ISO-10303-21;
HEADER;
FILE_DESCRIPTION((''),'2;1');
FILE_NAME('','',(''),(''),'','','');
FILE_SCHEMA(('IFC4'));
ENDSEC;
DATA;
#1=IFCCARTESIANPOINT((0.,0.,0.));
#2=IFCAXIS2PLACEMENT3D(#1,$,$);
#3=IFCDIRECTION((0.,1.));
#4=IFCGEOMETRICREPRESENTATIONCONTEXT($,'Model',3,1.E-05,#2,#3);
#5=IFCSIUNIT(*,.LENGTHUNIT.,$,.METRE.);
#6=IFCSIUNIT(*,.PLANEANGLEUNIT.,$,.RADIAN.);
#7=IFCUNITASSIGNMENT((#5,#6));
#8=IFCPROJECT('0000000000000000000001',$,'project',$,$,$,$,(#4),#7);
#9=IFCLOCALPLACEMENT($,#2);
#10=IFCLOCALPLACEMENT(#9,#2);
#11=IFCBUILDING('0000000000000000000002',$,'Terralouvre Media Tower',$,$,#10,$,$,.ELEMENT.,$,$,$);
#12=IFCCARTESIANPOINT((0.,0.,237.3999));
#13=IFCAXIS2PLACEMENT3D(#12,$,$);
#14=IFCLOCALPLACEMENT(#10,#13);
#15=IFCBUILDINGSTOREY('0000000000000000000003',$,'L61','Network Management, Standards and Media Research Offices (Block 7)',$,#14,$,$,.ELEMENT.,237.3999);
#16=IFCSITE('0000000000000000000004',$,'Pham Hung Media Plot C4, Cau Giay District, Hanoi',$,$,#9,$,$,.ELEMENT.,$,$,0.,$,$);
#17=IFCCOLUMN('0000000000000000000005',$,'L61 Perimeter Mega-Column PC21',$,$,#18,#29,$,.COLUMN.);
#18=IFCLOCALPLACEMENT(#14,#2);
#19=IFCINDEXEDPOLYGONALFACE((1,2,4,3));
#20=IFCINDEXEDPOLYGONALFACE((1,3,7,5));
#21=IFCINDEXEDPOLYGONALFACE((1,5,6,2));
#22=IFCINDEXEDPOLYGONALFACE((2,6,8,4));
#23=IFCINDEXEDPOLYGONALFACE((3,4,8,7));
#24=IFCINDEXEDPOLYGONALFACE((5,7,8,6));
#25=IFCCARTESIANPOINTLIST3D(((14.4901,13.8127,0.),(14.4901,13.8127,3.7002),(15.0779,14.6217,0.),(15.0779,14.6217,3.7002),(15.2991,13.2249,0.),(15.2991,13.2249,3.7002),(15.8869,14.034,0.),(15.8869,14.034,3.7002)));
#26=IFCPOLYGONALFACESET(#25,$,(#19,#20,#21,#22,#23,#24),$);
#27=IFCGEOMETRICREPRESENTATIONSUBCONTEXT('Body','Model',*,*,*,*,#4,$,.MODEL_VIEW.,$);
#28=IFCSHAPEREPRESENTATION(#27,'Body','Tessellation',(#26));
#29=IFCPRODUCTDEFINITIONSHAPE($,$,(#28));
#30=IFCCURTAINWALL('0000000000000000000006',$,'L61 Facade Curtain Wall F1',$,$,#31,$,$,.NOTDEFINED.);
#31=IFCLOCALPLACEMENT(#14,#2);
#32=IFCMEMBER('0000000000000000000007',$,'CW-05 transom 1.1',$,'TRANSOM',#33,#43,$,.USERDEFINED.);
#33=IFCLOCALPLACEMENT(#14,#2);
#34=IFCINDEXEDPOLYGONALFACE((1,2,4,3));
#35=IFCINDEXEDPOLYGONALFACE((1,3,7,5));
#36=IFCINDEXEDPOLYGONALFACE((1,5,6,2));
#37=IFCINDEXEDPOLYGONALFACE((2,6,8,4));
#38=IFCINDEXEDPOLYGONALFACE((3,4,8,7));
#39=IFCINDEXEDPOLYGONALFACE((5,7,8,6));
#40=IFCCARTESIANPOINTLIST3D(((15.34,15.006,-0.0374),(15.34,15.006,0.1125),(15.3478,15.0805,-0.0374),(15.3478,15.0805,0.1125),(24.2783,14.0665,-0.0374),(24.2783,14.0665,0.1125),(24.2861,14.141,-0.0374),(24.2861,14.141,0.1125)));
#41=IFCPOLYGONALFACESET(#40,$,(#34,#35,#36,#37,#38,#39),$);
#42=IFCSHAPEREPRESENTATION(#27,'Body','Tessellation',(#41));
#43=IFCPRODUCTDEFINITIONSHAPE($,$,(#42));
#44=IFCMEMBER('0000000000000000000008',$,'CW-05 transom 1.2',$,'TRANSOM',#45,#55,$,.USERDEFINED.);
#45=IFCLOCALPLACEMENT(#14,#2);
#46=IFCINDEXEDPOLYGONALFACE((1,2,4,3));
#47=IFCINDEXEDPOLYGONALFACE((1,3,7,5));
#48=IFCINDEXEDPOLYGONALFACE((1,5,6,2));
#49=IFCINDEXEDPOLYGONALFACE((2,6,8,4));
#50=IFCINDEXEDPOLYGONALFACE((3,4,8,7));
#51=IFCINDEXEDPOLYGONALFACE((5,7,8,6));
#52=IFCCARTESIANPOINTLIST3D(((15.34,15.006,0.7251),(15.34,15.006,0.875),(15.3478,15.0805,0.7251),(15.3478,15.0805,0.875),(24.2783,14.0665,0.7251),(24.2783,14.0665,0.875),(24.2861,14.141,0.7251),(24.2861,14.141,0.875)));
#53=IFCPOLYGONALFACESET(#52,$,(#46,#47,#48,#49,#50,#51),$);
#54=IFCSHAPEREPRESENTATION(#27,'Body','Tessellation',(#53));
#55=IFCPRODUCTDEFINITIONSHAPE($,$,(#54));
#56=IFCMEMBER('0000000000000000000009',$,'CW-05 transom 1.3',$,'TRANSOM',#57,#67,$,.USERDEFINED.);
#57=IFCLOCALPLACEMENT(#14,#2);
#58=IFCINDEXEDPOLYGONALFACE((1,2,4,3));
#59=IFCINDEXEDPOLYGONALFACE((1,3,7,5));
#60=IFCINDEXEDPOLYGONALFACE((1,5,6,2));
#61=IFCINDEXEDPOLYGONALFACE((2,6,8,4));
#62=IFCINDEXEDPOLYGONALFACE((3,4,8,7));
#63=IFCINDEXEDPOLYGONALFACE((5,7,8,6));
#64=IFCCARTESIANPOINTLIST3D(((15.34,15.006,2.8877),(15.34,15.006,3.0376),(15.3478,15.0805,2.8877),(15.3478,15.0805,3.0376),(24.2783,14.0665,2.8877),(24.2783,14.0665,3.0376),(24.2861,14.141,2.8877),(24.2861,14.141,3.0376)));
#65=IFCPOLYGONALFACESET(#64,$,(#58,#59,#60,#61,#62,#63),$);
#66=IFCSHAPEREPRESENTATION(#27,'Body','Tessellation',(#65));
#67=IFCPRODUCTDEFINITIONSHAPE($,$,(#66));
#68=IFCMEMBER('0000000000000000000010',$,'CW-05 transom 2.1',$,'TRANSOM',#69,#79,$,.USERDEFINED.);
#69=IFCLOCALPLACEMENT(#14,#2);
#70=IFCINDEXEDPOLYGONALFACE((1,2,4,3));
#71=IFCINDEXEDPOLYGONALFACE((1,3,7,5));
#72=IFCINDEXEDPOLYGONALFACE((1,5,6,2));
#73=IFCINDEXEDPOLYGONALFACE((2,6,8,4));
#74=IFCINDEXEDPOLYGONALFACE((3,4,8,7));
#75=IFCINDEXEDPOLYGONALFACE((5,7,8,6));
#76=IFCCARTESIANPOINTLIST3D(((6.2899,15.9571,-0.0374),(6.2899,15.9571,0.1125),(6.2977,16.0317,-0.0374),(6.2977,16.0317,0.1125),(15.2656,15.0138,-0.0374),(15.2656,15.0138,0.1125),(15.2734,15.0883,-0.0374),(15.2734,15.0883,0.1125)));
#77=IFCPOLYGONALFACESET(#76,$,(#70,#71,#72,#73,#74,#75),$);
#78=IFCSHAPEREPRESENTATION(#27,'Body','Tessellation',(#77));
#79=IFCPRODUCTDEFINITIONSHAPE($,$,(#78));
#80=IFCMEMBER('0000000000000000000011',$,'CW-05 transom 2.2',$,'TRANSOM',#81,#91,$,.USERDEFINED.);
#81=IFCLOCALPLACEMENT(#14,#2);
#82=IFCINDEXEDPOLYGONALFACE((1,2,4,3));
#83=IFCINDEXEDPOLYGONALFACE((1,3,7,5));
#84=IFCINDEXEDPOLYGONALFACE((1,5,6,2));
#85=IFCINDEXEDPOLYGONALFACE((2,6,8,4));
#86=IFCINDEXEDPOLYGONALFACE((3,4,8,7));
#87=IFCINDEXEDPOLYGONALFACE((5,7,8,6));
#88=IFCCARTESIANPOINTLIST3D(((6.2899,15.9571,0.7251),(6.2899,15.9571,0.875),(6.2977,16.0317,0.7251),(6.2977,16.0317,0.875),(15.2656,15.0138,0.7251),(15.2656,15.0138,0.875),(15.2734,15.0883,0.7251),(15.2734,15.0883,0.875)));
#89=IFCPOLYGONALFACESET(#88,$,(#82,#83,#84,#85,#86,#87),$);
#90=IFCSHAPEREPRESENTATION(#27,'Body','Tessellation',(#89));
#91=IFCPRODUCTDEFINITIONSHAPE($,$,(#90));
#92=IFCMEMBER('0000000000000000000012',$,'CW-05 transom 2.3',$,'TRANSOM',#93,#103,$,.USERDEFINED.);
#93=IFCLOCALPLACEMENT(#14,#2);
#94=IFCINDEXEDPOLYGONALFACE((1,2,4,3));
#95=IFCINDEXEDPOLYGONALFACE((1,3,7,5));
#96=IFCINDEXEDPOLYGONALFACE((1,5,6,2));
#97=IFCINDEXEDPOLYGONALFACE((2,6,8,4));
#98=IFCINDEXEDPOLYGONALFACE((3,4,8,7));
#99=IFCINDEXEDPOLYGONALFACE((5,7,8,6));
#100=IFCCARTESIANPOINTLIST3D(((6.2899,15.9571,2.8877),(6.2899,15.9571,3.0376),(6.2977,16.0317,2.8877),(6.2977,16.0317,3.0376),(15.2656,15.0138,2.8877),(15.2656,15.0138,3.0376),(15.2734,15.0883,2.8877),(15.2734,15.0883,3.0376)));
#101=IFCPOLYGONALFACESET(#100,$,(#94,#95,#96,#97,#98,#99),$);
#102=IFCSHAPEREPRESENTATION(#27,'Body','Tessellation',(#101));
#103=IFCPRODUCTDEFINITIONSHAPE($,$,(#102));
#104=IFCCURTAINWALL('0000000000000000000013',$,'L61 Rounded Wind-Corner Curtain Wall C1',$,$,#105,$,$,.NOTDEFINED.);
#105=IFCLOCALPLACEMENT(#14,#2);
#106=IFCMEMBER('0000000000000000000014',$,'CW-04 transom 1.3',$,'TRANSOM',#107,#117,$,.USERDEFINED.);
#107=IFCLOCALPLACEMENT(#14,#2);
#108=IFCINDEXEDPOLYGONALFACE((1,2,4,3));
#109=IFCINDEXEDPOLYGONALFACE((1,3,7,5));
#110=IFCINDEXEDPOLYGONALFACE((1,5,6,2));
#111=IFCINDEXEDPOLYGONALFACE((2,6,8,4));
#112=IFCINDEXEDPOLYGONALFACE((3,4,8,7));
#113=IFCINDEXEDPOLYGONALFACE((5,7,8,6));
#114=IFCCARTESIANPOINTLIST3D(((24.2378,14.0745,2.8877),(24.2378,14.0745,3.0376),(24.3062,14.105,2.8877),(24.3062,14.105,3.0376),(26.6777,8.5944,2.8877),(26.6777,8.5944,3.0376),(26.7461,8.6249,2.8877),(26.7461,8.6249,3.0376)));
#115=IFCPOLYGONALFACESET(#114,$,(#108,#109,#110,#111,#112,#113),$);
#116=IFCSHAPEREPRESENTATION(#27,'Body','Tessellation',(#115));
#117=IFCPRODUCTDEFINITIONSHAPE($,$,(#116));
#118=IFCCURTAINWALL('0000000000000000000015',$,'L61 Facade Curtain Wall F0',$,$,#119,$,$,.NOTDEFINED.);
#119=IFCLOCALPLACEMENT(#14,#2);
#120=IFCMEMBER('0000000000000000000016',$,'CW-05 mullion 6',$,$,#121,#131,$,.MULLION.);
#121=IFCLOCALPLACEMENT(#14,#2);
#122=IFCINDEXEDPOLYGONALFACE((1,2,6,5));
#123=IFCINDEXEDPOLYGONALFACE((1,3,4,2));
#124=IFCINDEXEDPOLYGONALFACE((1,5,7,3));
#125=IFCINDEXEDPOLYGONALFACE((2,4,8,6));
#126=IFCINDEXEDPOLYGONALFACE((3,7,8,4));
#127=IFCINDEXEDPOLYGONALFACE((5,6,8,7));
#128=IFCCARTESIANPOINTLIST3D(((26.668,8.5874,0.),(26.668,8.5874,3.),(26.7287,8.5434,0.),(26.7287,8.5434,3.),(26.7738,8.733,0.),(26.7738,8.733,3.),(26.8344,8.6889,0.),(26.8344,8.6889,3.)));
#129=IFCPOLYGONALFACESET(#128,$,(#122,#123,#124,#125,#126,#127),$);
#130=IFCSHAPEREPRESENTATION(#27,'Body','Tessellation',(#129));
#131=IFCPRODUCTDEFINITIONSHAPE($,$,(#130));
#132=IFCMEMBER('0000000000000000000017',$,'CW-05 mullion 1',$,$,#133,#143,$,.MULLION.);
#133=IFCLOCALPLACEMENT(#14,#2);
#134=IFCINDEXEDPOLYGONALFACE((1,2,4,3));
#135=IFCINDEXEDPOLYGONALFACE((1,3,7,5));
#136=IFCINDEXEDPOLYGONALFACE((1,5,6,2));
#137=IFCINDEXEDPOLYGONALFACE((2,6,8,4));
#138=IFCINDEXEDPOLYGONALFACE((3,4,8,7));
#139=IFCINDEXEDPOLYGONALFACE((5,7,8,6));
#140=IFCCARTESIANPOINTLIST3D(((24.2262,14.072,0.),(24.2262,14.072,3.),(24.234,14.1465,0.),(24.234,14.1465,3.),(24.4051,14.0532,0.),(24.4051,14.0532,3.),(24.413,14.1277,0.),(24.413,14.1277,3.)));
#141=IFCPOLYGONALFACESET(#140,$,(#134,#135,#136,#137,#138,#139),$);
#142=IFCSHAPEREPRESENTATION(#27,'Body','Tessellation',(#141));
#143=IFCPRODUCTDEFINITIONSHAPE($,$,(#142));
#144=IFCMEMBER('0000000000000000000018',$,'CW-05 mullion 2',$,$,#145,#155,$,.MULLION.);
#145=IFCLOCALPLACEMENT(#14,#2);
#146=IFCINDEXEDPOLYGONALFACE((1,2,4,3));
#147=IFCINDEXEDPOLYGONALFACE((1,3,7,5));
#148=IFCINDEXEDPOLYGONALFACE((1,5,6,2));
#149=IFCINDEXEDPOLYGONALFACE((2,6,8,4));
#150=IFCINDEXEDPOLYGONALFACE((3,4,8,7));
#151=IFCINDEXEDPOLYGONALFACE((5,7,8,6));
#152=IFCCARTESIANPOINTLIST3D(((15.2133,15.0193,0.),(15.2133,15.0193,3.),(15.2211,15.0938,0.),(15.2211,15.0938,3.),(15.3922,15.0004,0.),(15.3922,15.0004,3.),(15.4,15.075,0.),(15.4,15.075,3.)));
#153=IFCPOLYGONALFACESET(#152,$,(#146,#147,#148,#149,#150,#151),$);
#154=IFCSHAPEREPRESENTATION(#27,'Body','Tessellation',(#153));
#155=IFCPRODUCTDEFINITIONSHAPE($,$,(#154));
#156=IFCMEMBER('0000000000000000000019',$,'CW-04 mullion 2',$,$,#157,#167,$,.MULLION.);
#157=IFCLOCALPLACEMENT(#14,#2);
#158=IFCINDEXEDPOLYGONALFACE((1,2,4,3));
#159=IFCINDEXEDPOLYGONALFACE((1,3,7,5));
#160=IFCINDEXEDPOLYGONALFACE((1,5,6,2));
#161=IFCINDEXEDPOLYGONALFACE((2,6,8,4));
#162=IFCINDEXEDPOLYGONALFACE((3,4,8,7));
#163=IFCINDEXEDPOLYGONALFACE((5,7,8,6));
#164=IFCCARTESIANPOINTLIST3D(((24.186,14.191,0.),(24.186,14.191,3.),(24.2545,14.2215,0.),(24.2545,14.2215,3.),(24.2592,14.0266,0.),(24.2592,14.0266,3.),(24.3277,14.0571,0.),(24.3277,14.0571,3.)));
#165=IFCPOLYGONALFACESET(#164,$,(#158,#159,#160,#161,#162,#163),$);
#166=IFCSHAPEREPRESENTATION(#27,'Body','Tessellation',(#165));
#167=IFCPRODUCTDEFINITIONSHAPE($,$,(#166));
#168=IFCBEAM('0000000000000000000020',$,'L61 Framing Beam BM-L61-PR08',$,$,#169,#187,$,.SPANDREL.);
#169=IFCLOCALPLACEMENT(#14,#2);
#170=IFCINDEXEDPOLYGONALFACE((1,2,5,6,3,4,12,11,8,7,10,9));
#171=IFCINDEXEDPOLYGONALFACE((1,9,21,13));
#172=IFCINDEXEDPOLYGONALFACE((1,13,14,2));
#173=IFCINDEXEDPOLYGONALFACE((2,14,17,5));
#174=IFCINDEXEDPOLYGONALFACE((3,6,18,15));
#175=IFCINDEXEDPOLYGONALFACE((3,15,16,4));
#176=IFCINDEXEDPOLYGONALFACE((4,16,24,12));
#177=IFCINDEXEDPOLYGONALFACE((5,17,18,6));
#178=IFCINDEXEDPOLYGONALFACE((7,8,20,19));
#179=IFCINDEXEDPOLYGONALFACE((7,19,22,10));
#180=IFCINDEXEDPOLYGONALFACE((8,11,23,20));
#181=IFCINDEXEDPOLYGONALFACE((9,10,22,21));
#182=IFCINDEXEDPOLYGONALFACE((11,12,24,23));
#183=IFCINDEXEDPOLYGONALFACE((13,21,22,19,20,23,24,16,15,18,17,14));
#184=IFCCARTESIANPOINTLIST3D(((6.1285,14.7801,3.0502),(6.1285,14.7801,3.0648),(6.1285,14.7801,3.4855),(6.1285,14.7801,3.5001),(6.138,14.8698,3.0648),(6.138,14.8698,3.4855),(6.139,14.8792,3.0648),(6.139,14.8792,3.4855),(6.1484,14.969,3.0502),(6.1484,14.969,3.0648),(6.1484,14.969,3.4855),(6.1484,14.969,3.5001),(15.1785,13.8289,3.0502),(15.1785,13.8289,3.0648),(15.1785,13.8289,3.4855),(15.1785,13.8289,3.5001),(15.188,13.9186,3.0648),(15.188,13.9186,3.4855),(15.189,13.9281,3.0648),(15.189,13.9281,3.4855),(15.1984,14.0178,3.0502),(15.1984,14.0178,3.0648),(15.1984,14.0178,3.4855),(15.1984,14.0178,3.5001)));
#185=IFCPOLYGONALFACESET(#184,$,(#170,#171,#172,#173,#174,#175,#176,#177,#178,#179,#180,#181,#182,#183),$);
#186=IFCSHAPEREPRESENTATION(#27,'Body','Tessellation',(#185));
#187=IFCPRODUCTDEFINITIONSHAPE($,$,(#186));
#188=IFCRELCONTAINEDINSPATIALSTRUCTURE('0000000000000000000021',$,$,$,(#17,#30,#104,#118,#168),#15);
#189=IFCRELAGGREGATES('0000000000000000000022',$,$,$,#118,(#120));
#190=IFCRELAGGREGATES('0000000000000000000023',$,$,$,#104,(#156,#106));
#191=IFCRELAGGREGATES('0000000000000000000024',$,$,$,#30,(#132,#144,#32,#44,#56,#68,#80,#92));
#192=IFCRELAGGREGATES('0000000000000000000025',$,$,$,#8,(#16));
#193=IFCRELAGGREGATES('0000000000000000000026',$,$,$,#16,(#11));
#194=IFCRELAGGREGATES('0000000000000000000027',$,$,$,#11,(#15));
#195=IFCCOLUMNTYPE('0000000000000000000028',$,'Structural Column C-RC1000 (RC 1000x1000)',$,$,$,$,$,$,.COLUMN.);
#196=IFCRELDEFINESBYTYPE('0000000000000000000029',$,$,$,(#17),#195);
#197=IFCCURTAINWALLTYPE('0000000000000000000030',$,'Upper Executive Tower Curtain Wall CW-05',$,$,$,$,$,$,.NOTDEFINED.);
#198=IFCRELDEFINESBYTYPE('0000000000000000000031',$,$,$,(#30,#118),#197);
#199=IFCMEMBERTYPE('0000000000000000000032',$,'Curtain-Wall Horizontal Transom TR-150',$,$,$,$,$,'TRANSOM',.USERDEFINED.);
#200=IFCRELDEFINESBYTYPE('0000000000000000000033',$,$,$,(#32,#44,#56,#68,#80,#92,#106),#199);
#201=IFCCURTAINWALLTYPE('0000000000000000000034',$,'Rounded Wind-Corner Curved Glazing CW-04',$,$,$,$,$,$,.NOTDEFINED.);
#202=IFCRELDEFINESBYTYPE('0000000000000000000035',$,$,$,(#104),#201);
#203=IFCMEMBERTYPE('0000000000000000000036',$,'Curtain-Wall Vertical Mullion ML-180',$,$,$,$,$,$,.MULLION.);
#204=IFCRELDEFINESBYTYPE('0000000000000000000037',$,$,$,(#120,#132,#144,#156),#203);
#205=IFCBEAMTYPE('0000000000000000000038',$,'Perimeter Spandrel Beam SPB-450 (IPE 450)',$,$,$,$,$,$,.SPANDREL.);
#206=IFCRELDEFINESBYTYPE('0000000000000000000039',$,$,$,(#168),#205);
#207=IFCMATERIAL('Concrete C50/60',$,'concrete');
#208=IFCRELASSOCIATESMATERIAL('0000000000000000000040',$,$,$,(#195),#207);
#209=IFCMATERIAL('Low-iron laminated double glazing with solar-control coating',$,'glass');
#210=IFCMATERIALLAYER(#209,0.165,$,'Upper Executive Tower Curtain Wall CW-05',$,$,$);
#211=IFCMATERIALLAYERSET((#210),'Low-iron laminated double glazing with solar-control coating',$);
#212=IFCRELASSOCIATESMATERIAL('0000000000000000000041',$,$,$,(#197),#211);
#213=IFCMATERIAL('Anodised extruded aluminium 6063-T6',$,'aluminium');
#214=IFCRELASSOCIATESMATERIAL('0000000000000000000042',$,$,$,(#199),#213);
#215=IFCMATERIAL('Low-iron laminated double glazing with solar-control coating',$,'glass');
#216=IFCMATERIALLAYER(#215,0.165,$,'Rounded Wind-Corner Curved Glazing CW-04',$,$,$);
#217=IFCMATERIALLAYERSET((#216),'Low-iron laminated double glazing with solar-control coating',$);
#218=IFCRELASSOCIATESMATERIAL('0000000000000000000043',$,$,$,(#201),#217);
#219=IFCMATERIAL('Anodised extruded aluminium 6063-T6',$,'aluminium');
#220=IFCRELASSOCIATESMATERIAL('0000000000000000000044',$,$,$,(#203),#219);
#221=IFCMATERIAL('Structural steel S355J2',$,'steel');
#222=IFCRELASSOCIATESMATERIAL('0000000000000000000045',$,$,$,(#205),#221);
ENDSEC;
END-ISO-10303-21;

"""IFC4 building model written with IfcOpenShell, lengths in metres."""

from ifc_helpers import new_model, si_unit, direction, frame, origin, origin_2d, place, context, subcontext, project, spatial, rectangle, i_section, extrude, material, layer, layer_set, material_profile, profile_set, type_object, element, aggregate, save


model = new_model("IFC4")

# Units and contexts
model_context = context("Model", 3, precision=1e-05, world=origin(), true_north=direction((0.0, 1.0)))
body_context = subcontext(model_context, "Body", "Model", "MODEL_VIEW")
ifc_project = project(units=[si_unit("LENGTHUNIT", "METRE"), si_unit("PLANEANGLEUNIT", "RADIAN")], contexts=[model_context])

# Site, building, storey
site_placement = place(None, origin())
site = spatial("IfcSite", under=ifc_project, at=site_placement, Name="Pham Hung Media Plot C4, Cau Giay District, Hanoi", CompositionType="ELEMENT", RefElevation=0.0)
building_placement = place(site_placement, origin())
building = spatial("IfcBuilding", under=site, at=building_placement, Name="Terralouvre Media Tower", CompositionType="ELEMENT")
storey_placement = place(building_placement, frame((0.0, 0.0, 237.3999)))
storey = spatial("IfcBuildingStorey", under=building, at=storey_placement, Name="L61", Description="Network Management, Standards and Media Research Offices (Block 7)", CompositionType="ELEMENT", Elevation=237.3999)

# Column
ifc_material_1 = material(Name="Concrete C50/60", Category="concrete")
ifc_material_profile_1 = material_profile(ifc_material_1, rectangle(XDim=1.0, YDim=1.0, at=origin_2d()), Name="RC 1000x1000")
ifc_profile_set_1 = profile_set([ifc_material_profile_1], Name="Concrete C50/60")
column_type = type_object("IfcColumnType", Name="Structural Column C-RC1000 (RC 1000x1000)", PredefinedType="COLUMN", material=ifc_profile_set_1)
column_placement = place(storey_placement, frame((15.1885, 13.9233, 0.0), z_axis=(0.0, 0.0, 1.0), x_axis=(0.587785, 0.809017, 0.0)))
element("IfcColumn", 1, at=column_placement, inside=storey, type_object=column_type, Name="L61 Perimeter Mega-Column PC21", PredefinedType="COLUMN", context=body_context, shape_type="SweptSolid", body=[
    extrude(rectangle(XDim=1.0, YDim=1.0, at=origin_2d()), origin(), (0.0, 0.0, 1.0), 3.7002),
])

# Curtain wall, members
ifc_material_2 = material(Name="Low-iron laminated double glazing with solar-control coating", Category="glass")
ifc_layer_1 = layer(ifc_material_2, 0.165, Name="Upper Executive Tower Curtain Wall CW-05")
ifc_layer_set_1 = layer_set([ifc_layer_1], Name="Low-iron laminated double glazing with solar-control coating")
curtain_wall_type_1 = type_object("IfcCurtainWallType", Name="Upper Executive Tower Curtain Wall CW-05", PredefinedType="NOTDEFINED", material=ifc_layer_set_1)
curtain_wall_1_placement = place(storey_placement, origin())
curtain_wall_1 = element("IfcCurtainWall", 2, at=curtain_wall_1_placement, inside=storey, type_object=curtain_wall_type_1, Name="L61 Facade Curtain Wall F1", PredefinedType="NOTDEFINED")
ifc_material_3 = material(Name="Anodised extruded aluminium 6063-T6", Category="aluminium")
ifc_material_profile_2 = material_profile(ifc_material_3, rectangle(XDim=0.075, YDim=0.1499, at=origin_2d()), Name="ALU 75x150")
ifc_profile_set_2 = profile_set([ifc_material_profile_2], Name="Anodised extruded aluminium 6063-T6")
member_type_1 = type_object("IfcMemberType", Name="Curtain-Wall Horizontal Transom TR-150", ElementType="TRANSOM", PredefinedType="USERDEFINED", material=ifc_profile_set_2)
member_1_placement = place(storey_placement, frame((24.2822, 14.1038, 0.0376), z_axis=(-0.994522, 0.104529, 0.0), x_axis=(-0.104529, -0.994522, 0.0)))
member_1 = element("IfcMember", 3, at=member_1_placement, type_object=member_type_1, Name="CW-05 transom 1.1", ObjectType="TRANSOM", PredefinedType="USERDEFINED", context=body_context, shape_type="SweptSolid", body=[
    extrude(rectangle(XDim=0.075, YDim=0.1499, at=origin_2d()), origin(), (0.0, 0.0, 1.0), 8.9875),
])
member_2_placement = place(storey_placement, frame((24.2822, 14.1038, 0.8), z_axis=(-0.994522, 0.104529, 0.0), x_axis=(-0.104529, -0.994522, 0.0)))
member_2 = element("IfcMember", 4, at=member_2_placement, type_object=member_type_1, Name="CW-05 transom 1.2", ObjectType="TRANSOM", PredefinedType="USERDEFINED", context=body_context, shape_type="SweptSolid", body=[
    extrude(rectangle(XDim=0.075, YDim=0.1499, at=origin_2d()), origin(), (0.0, 0.0, 1.0), 8.9875),
])
member_3_placement = place(storey_placement, frame((24.2822, 14.1038, 2.9626), z_axis=(-0.994522, 0.104529, 0.0), x_axis=(-0.104529, -0.994522, 0.0)))
member_3 = element("IfcMember", 5, at=member_3_placement, type_object=member_type_1, Name="CW-05 transom 1.3", ObjectType="TRANSOM", PredefinedType="USERDEFINED", context=body_context, shape_type="SweptSolid", body=[
    extrude(rectangle(XDim=0.075, YDim=0.1499, at=origin_2d()), origin(), (0.0, 0.0, 1.0), 8.9875),
])
member_4_placement = place(storey_placement, frame((15.2695, 15.051, 0.0376), z_axis=(-0.994522, 0.104527, 0.0), x_axis=(-0.104527, -0.994522, 0.0)))
member_4 = element("IfcMember", 6, at=member_4_placement, type_object=member_type_1, Name="CW-05 transom 2.1", ObjectType="TRANSOM", PredefinedType="USERDEFINED", context=body_context, shape_type="SweptSolid", body=[
    extrude(rectangle(XDim=0.075, YDim=0.1499, at=origin_2d()), origin(), (0.0, 0.0, 1.0), 9.0251),
])
member_5_placement = place(storey_placement, frame((15.2695, 15.051, 0.8), z_axis=(-0.994522, 0.104527, 0.0), x_axis=(-0.104527, -0.994522, 0.0)))
member_5 = element("IfcMember", 7, at=member_5_placement, type_object=member_type_1, Name="CW-05 transom 2.2", ObjectType="TRANSOM", PredefinedType="USERDEFINED", context=body_context, shape_type="SweptSolid", body=[
    extrude(rectangle(XDim=0.075, YDim=0.1499, at=origin_2d()), origin(), (0.0, 0.0, 1.0), 9.0251),
])
member_6_placement = place(storey_placement, frame((15.2695, 15.051, 2.9626), z_axis=(-0.994522, 0.104527, 0.0), x_axis=(-0.104527, -0.994522, 0.0)))
member_6 = element("IfcMember", 8, at=member_6_placement, type_object=member_type_1, Name="CW-05 transom 2.3", ObjectType="TRANSOM", PredefinedType="USERDEFINED", context=body_context, shape_type="SweptSolid", body=[
    extrude(rectangle(XDim=0.075, YDim=0.1499, at=origin_2d()), origin(), (0.0, 0.0, 1.0), 9.0251),
])

# Curtain walls, members
ifc_material_4 = material(Name="Low-iron laminated double glazing with solar-control coating", Category="glass")
ifc_layer_2 = layer(ifc_material_4, 0.165, Name="Rounded Wind-Corner Curved Glazing CW-04")
ifc_layer_set_2 = layer_set([ifc_layer_2], Name="Low-iron laminated double glazing with solar-control coating")
curtain_wall_type_2 = type_object("IfcCurtainWallType", Name="Rounded Wind-Corner Curved Glazing CW-04", PredefinedType="NOTDEFINED", material=ifc_layer_set_2)
curtain_wall_2_placement = place(storey_placement, origin())
curtain_wall_2 = element("IfcCurtainWall", 9, at=curtain_wall_2_placement, inside=storey, type_object=curtain_wall_type_2, Name="L61 Rounded Wind-Corner Curtain Wall C1", PredefinedType="NOTDEFINED")
member_7_placement = place(storey_placement, frame((26.7119, 8.6096, 2.9626), z_axis=(-0.406735, 0.913546, 0.0), x_axis=(-0.913546, -0.406735, 0.0)))
member_7 = element("IfcMember", 10, at=member_7_placement, type_object=member_type_1, Name="CW-04 transom 1.3", ObjectType="TRANSOM", PredefinedType="USERDEFINED", context=body_context, shape_type="SweptSolid", body=[
    extrude(rectangle(XDim=0.075, YDim=0.1499, at=origin_2d()), origin(), (0.0, 0.0, 1.0), 5.9988),
])
curtain_wall_3_placement = place(storey_placement, origin())
curtain_wall_3 = element("IfcCurtainWall", 11, at=curtain_wall_3_placement, inside=storey, type_object=curtain_wall_type_1, Name="L61 Facade Curtain Wall F0", PredefinedType="NOTDEFINED")
ifc_material_5 = material(Name="Anodised extruded aluminium 6063-T6", Category="aluminium")
ifc_material_profile_3 = material_profile(ifc_material_5, rectangle(XDim=0.075, YDim=0.1799, at=origin_2d()), Name="ALU 75x180")
ifc_profile_set_3 = profile_set([ifc_material_profile_3], Name="Anodised extruded aluminium 6063-T6")
member_type_2 = type_object("IfcMemberType", Name="Curtain-Wall Vertical Mullion ML-180", PredefinedType="MULLION", material=ifc_profile_set_3)
member_8_placement = place(storey_placement, frame((26.7512, 8.6382, 0.0), z_axis=(0.0, 0.0, 1.0), x_axis=(-0.809017, 0.587785, 0.0)))
member_8 = element("IfcMember", 12, at=member_8_placement, type_object=member_type_2, Name="CW-05 mullion 6", PredefinedType="MULLION", context=body_context, shape_type="SweptSolid", body=[
    extrude(rectangle(XDim=0.075, YDim=0.1799, at=origin_2d()), origin(), (0.0, 0.0, 1.0), 3.0),
])
aggregate(curtain_wall_3, [member_8])

# Members
member_9_placement = place(storey_placement, frame((24.3196, 14.0999, 0.0), z_axis=(0.0, 0.0, 1.0), x_axis=(-0.104529, -0.994522, 0.0)))
member_9 = element("IfcMember", 13, at=member_9_placement, type_object=member_type_2, Name="CW-05 mullion 1", PredefinedType="MULLION", context=body_context, shape_type="SweptSolid", body=[
    extrude(rectangle(XDim=0.075, YDim=0.1799, at=origin_2d()), origin(), (0.0, 0.0, 1.0), 3.0),
])
member_10_placement = place(storey_placement, frame((15.3066, 15.0471, 0.0), z_axis=(0.0, 0.0, 1.0), x_axis=(-0.104529, -0.994522, 0.0)))
member_10 = element("IfcMember", 14, at=member_10_placement, type_object=member_type_2, Name="CW-05 mullion 2", PredefinedType="MULLION", context=body_context, shape_type="SweptSolid", body=[
    extrude(rectangle(XDim=0.075, YDim=0.1799, at=origin_2d()), origin(), (0.0, 0.0, 1.0), 3.0),
])
member_11_placement = place(storey_placement, frame((24.2568, 14.124, 0.0), z_axis=(0.0, 0.0, 1.0), x_axis=(-0.913545, -0.406737, 0.0)))
member_11 = element("IfcMember", 15, at=member_11_placement, type_object=member_type_2, Name="CW-04 mullion 2", PredefinedType="MULLION", context=body_context, shape_type="SweptSolid", body=[
    extrude(rectangle(XDim=0.075, YDim=0.1799, at=origin_2d()), origin(), (0.0, 0.0, 1.0), 3.0),
])

# Beam
ifc_material_6 = material(Name="Structural steel S355J2", Category="steel")
ifc_material_profile_4 = material_profile(ifc_material_6, i_section(OverallWidth=0.1899, OverallDepth=0.45, WebThickness=0.0095, FlangeThickness=0.0146, at=origin_2d()), Name="IPE 450")
ifc_profile_set_4 = profile_set([ifc_material_profile_4], Name="Structural steel S355J2")
beam_type = type_object("IfcBeamType", Name="Perimeter Spandrel Beam SPB-450 (IPE 450)", PredefinedType="SPANDREL", material=ifc_profile_set_4)
beam_placement = place(storey_placement, frame((15.1885, 13.9233, 3.2751), z_axis=(-0.994522, 0.104526, 0.0), x_axis=(-0.104526, -0.994522, 0.0)))
element("IfcBeam", 16, at=beam_placement, inside=storey, type_object=beam_type, Name="L61 Framing Beam BM-L61-PR08", PredefinedType="SPANDREL", context=body_context, shape_type="SweptSolid", body=[
    extrude(i_section(OverallWidth=0.1899, OverallDepth=0.45, WebThickness=0.0095, FlangeThickness=0.0146, at=origin_2d()), origin(), (0.0, 0.0, 1.0), 9.0999),
])

aggregate(curtain_wall_2, [member_11, member_7])
aggregate(curtain_wall_1, [member_9, member_10, member_1, member_2, member_3, member_4, member_5, member_6])

save(model, "model.ifc")
